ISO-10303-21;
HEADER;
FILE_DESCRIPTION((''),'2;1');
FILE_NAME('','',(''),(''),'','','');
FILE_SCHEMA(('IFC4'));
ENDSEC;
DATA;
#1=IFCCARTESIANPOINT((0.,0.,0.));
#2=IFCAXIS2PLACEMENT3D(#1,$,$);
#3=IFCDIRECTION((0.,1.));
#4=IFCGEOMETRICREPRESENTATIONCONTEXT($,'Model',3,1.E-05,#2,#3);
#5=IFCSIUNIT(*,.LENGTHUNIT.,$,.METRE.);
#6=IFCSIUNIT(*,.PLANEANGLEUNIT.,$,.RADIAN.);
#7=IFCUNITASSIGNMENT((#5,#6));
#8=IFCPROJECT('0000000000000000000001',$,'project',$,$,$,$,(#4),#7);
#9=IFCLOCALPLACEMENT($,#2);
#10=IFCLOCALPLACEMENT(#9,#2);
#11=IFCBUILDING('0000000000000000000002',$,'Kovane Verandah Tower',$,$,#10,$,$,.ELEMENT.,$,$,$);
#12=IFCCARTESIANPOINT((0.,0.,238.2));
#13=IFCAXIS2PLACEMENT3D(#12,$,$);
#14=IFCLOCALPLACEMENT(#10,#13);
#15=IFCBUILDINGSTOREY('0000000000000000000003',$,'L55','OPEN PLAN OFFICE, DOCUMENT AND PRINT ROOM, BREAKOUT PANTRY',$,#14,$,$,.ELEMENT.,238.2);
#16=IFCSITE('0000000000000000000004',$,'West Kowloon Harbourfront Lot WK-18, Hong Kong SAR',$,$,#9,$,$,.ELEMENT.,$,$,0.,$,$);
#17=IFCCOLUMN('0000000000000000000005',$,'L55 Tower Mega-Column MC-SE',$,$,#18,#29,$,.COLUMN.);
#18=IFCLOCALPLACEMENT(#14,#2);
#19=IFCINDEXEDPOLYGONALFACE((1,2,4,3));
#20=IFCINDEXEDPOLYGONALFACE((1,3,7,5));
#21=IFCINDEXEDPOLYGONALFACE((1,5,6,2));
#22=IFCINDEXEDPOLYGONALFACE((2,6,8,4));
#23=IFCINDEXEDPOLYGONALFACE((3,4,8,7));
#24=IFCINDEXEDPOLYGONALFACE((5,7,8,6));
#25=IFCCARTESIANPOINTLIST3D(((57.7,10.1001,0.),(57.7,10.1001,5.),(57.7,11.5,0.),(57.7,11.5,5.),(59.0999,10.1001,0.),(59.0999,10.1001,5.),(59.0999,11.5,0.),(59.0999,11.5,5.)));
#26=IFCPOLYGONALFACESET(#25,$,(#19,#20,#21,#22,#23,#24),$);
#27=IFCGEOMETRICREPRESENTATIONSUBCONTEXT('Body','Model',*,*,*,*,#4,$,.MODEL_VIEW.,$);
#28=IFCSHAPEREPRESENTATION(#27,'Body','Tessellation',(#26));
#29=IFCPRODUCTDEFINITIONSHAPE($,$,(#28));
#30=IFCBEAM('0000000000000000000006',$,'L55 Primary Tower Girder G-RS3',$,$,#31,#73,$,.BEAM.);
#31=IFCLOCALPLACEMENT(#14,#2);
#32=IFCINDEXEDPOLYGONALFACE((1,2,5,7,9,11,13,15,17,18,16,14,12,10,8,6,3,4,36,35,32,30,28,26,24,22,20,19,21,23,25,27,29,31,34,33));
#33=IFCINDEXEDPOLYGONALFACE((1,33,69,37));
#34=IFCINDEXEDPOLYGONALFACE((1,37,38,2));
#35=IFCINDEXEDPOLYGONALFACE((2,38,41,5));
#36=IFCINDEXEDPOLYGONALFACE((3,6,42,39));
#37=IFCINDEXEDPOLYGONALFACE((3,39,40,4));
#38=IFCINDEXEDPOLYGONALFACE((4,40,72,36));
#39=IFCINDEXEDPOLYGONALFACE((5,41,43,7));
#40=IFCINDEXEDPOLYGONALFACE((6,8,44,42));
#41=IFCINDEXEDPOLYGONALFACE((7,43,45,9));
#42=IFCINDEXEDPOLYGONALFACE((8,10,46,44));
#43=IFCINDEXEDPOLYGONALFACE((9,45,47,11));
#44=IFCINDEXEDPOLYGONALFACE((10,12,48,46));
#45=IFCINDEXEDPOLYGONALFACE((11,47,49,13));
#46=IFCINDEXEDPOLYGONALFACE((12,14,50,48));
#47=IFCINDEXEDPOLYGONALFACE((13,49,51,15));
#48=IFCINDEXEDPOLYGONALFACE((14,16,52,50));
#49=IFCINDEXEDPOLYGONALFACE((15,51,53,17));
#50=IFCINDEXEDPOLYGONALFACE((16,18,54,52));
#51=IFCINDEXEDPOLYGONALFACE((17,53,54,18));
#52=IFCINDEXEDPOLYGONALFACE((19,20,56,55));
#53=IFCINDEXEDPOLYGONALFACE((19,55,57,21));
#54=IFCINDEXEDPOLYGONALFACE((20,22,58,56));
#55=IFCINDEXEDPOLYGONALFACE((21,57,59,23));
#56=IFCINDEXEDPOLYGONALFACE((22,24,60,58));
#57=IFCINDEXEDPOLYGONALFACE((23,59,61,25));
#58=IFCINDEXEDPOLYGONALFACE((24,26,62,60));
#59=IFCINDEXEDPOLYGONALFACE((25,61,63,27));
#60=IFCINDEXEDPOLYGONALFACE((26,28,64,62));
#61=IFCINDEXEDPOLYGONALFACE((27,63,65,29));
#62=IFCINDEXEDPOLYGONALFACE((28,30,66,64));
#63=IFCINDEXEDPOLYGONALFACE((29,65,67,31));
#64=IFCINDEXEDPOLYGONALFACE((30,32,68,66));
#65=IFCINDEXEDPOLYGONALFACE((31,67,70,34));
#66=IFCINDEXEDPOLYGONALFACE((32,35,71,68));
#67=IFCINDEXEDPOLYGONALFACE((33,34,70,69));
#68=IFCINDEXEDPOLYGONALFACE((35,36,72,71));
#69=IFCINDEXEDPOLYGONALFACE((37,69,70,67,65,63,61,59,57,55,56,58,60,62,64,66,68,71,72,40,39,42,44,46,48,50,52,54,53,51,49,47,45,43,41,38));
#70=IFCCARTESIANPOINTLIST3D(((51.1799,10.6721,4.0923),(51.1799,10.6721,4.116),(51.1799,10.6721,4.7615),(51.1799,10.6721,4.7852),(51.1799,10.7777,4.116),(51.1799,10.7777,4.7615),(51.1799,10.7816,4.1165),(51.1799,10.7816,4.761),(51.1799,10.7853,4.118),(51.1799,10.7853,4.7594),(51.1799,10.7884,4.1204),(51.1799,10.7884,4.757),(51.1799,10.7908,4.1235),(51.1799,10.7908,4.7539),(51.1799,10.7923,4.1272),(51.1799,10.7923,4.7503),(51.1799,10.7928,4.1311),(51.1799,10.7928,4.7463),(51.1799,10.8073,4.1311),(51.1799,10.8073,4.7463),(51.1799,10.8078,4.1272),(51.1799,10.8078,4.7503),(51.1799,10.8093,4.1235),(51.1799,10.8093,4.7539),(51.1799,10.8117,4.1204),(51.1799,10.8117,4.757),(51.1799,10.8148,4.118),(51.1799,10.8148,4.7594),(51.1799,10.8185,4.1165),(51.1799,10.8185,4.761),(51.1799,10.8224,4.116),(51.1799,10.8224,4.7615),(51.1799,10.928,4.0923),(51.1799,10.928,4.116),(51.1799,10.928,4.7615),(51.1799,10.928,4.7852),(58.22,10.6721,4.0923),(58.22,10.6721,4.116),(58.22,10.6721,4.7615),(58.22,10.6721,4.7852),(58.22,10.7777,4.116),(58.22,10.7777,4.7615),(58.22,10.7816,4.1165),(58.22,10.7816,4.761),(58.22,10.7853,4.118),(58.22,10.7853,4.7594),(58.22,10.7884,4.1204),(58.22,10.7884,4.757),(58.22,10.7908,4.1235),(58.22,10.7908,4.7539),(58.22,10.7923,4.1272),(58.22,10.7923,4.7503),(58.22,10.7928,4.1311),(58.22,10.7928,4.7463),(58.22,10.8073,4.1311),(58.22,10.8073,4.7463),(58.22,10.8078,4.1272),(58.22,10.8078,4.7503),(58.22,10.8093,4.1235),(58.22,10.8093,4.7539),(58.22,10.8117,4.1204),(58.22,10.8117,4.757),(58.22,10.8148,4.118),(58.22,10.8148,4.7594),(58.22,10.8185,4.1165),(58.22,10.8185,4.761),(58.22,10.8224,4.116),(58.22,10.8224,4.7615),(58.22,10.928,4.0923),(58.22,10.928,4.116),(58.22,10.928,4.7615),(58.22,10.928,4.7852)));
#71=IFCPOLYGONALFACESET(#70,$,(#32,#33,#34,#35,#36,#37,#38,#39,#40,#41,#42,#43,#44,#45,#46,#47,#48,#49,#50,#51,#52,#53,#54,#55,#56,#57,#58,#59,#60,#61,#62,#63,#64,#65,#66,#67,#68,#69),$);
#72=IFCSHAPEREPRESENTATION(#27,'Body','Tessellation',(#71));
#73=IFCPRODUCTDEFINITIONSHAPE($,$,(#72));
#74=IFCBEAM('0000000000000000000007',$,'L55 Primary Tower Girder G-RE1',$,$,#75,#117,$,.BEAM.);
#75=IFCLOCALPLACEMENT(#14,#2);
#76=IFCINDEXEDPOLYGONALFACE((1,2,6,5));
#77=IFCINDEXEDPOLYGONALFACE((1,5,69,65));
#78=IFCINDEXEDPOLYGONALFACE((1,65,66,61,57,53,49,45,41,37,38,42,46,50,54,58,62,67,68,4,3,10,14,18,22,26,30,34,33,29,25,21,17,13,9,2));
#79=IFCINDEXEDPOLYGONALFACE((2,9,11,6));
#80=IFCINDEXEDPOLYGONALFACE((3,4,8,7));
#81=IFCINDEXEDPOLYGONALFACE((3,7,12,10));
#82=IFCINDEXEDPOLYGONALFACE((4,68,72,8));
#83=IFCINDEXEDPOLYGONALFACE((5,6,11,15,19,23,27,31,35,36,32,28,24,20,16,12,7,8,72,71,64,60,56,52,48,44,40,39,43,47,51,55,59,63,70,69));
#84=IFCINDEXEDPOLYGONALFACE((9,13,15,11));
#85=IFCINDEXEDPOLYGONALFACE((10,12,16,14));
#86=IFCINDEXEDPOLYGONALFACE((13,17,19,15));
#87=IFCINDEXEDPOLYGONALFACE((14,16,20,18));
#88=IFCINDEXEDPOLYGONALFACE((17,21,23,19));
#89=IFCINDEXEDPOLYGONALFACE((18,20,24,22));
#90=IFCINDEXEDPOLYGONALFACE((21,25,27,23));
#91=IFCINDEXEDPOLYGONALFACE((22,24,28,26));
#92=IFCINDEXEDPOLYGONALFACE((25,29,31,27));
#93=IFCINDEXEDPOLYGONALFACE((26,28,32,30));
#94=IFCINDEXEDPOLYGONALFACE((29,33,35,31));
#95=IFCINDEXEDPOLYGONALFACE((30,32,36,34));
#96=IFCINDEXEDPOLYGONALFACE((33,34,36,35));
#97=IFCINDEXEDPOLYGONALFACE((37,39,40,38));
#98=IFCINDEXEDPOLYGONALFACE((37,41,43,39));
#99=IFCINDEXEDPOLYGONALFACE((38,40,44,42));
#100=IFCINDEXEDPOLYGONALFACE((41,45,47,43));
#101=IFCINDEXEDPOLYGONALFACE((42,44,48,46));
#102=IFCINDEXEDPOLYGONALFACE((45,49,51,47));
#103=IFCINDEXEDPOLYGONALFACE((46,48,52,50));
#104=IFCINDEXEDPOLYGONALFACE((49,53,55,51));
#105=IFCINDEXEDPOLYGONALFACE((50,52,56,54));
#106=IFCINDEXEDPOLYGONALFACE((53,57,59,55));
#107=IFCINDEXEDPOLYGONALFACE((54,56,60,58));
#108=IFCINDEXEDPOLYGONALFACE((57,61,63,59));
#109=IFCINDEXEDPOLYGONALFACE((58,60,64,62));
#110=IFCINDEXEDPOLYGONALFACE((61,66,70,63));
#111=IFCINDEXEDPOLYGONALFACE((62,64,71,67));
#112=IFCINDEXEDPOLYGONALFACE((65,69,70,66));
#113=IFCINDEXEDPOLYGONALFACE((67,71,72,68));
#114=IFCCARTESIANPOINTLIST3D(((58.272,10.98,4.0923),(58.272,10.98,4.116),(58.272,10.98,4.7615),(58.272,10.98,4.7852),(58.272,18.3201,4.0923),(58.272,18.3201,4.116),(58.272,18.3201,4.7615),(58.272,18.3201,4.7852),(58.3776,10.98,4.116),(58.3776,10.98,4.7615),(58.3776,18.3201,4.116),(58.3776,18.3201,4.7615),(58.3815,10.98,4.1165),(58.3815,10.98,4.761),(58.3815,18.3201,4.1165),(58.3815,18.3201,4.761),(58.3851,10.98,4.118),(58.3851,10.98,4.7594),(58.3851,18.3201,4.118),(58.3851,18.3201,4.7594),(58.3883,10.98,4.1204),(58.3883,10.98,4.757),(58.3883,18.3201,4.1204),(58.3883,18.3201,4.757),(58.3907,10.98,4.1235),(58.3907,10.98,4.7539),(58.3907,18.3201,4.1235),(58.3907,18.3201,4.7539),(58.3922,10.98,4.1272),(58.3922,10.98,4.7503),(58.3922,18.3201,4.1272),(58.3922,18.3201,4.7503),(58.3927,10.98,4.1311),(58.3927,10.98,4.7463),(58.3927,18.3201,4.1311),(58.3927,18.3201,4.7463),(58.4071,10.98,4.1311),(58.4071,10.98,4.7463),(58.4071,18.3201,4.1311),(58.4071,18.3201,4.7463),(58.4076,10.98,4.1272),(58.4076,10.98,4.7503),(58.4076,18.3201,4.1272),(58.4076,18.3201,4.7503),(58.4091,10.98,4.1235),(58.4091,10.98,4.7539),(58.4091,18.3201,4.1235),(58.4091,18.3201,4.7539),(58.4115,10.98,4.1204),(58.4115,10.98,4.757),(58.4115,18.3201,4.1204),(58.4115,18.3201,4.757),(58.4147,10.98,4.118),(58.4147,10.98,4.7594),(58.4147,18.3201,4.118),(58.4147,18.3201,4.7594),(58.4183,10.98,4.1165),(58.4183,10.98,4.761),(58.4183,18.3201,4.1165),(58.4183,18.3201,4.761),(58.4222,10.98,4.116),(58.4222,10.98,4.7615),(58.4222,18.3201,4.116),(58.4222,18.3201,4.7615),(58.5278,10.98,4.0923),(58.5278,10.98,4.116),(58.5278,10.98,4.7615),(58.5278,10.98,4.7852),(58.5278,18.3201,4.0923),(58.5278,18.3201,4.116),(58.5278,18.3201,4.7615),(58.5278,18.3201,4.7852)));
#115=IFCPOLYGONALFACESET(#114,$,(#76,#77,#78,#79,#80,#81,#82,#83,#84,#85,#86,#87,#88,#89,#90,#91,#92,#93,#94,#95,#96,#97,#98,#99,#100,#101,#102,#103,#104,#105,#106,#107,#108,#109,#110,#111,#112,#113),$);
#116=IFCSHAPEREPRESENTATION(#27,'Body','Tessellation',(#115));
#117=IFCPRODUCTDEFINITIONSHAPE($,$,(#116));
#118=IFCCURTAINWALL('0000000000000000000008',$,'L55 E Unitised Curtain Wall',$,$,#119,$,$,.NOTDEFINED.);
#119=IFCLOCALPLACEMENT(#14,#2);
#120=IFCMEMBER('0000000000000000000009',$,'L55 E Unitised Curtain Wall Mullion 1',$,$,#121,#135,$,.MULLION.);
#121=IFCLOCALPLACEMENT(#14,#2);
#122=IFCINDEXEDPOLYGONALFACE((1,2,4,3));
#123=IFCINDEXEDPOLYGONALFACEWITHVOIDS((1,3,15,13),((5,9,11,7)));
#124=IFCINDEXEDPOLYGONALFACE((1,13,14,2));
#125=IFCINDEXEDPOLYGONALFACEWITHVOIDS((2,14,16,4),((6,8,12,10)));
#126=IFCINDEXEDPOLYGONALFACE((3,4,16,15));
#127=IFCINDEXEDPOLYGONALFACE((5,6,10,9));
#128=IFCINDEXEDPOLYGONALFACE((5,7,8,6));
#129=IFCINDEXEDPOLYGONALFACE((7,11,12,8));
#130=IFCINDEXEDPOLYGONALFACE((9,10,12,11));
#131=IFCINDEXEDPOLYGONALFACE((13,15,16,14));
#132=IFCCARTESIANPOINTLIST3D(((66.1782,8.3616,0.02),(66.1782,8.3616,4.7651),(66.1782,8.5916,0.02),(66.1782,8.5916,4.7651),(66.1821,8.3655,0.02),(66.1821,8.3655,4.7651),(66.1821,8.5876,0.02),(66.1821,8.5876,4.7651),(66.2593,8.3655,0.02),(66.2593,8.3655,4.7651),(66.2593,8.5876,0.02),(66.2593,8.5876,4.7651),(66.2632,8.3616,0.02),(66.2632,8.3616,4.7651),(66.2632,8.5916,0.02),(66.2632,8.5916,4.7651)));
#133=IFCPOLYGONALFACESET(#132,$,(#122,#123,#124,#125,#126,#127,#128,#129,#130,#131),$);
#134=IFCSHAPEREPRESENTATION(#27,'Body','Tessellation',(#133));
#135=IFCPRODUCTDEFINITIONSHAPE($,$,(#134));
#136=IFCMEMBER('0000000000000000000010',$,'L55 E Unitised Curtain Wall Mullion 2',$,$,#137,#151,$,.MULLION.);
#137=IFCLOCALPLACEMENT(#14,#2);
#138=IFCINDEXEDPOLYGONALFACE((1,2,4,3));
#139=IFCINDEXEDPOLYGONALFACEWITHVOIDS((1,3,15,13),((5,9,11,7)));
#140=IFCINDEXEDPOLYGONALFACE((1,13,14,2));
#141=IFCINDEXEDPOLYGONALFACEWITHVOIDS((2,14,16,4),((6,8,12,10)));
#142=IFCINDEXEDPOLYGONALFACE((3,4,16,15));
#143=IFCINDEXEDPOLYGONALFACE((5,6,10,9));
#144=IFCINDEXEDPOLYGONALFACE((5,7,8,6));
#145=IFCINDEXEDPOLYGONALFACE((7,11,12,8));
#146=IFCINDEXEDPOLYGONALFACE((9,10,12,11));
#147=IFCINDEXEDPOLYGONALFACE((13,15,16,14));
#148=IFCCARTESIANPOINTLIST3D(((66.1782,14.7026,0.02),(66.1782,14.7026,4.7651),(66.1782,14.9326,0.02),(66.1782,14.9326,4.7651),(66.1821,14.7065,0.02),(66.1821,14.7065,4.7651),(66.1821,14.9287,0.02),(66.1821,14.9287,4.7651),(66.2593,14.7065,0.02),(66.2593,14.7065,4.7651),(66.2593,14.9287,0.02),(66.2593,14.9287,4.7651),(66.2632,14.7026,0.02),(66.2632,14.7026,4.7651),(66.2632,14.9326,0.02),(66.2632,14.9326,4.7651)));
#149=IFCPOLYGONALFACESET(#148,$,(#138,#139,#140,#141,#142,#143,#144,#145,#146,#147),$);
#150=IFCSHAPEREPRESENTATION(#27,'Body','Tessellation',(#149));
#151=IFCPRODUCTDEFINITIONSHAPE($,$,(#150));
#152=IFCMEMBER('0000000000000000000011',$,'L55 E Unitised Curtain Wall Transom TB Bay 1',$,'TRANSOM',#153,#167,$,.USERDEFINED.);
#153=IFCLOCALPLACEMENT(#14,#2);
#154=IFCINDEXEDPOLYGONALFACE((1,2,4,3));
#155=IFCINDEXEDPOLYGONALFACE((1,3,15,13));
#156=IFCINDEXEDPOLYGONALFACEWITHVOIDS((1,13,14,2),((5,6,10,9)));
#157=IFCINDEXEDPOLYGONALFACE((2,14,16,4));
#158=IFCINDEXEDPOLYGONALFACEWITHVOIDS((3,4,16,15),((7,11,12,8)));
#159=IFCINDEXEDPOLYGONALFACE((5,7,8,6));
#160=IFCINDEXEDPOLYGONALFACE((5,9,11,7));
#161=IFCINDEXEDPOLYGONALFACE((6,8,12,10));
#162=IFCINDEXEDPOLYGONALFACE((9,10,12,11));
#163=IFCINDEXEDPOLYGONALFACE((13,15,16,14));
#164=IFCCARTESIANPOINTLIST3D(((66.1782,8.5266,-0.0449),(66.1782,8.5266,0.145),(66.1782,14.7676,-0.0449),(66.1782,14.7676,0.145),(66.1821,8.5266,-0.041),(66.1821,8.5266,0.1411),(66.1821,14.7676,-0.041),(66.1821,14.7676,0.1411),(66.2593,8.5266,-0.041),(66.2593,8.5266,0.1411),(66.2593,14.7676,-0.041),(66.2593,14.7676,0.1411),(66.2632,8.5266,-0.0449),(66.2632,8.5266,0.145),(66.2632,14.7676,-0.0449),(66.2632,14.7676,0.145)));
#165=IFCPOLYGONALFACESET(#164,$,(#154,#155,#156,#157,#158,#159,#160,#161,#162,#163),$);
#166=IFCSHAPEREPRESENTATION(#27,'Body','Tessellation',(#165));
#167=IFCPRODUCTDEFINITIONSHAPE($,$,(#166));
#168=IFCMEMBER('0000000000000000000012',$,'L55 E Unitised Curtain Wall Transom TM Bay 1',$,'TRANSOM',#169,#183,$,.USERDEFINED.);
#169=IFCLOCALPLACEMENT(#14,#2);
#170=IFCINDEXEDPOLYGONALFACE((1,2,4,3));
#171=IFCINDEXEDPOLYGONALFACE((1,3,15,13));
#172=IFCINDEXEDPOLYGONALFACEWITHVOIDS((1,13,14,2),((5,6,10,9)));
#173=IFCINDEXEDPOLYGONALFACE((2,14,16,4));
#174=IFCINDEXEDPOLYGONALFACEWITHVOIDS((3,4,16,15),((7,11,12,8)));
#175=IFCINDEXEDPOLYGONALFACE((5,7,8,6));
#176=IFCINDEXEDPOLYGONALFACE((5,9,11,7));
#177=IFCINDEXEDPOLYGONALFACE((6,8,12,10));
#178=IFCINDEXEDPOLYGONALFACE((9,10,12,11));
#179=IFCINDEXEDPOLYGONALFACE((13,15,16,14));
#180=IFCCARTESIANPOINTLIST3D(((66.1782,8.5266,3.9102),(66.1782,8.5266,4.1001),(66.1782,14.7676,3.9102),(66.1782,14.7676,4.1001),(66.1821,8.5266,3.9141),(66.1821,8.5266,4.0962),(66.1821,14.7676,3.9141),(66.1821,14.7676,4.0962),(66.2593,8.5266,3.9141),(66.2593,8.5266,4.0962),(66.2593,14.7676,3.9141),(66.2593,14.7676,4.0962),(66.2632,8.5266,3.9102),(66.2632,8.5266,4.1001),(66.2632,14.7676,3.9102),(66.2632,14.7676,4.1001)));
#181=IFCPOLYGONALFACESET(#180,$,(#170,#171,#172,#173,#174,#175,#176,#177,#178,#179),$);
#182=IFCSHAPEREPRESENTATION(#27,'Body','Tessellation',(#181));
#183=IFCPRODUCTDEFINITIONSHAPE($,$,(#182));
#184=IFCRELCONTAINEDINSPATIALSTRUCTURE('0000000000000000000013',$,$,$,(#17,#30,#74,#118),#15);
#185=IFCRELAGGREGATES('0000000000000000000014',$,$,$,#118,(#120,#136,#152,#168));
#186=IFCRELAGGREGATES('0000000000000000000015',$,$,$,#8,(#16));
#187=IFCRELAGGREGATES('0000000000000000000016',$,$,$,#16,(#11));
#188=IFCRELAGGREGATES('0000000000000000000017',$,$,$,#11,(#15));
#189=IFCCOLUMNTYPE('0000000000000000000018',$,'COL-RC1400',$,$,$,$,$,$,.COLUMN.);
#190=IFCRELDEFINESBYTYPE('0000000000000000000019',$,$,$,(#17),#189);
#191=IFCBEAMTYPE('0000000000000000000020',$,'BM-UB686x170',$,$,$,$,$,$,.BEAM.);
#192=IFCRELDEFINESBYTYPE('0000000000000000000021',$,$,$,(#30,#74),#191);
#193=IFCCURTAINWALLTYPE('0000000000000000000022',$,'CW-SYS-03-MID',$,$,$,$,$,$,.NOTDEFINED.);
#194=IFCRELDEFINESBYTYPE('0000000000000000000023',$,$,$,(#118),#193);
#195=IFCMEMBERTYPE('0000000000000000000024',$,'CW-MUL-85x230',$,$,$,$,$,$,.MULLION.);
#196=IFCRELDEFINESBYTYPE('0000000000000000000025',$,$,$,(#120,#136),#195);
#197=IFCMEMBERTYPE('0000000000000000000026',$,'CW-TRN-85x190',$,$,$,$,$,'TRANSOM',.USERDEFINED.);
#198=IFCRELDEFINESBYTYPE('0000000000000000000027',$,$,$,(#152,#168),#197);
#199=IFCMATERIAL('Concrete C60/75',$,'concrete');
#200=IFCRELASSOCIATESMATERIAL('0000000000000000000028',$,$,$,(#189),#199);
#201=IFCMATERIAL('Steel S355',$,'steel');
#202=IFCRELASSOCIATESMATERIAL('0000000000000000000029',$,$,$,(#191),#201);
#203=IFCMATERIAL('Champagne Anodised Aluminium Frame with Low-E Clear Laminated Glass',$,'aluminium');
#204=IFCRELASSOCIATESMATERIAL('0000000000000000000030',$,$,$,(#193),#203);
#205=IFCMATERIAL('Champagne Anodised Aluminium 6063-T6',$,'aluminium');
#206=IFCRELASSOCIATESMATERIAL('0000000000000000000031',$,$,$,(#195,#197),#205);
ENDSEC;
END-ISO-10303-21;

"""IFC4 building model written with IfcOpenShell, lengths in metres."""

from ifc_helpers import new_model, si_unit, direction, frame, origin, origin_2d, place, context, subcontext, project, spatial, rectangle, hollow_rectangle, i_section, extrude, material, material_profile, profile_set, type_object, element, aggregate, save


model = new_model("IFC4")

# Units and contexts
model_context = context("Model", 3, precision=1e-05, world=origin(), true_north=direction((0.0, 1.0)))
body_context = subcontext(model_context, "Body", "Model", "MODEL_VIEW")
ifc_project = project(units=[si_unit("LENGTHUNIT", "METRE"), si_unit("PLANEANGLEUNIT", "RADIAN")], contexts=[model_context])

# Site, building, storey
site_placement = place(None, origin())
site = spatial("IfcSite", under=ifc_project, at=site_placement, Name="West Kowloon Harbourfront Lot WK-18, Hong Kong SAR", CompositionType="ELEMENT", RefElevation=0.0)
building_placement = place(site_placement, origin())
building = spatial("IfcBuilding", under=site, at=building_placement, Name="Kovane Verandah Tower", CompositionType="ELEMENT")
storey_placement = place(building_placement, frame((0.0, 0.0, 238.2)))
storey = spatial("IfcBuildingStorey", under=building, at=storey_placement, Name="L55", Description="OPEN PLAN OFFICE, DOCUMENT AND PRINT ROOM, BREAKOUT PANTRY", CompositionType="ELEMENT", Elevation=238.2)

# Column
ifc_material_1 = material(Name="Concrete C60/75", Category="concrete")
ifc_material_profile_1 = material_profile(ifc_material_1, rectangle(XDim=1.3999, YDim=1.3999, at=origin_2d()), Name="RC1400x1400")
ifc_profile_set_1 = profile_set([ifc_material_profile_1], Name="Concrete C60/75")
column_type = type_object("IfcColumnType", Name="COL-RC1400", PredefinedType="COLUMN", material=ifc_profile_set_1)
column_placement = place(storey_placement, frame((58.3999, 10.8, 0.0), z_axis=(0.0, 0.0, 1.0), x_axis=(1.0, 0.0, 0.0)))
element("IfcColumn", 1, at=column_placement, inside=storey, type_object=column_type, Name="L55 Tower Mega-Column MC-SE", PredefinedType="COLUMN", context=body_context, shape_type="SweptSolid", body=[
    extrude(rectangle(XDim=1.3999, YDim=1.3999, at=origin_2d()), origin(), (0.0, 0.0, 1.0), 5.0),
])

# Beams
ifc_material_2 = material(Name="Steel S355", Category="steel")
ifc_material_profile_2 = material_profile(ifc_material_2, i_section(OverallWidth=0.2559, OverallDepth=0.6929, WebThickness=0.0144, FlangeThickness=0.0237, FilletRadius=0.0151, at=origin_2d()), Name="UB686x254x170")
ifc_profile_set_2 = profile_set([ifc_material_profile_2], Name="Steel S355")
beam_type_1 = type_object("IfcBeamType", Name="BM-UB686x170", PredefinedType="BEAM", material=ifc_profile_set_2)
beam_1_placement = place(storey_placement, frame((51.1799, 10.8, 4.4387), z_axis=(1.0, 0.0, 0.0), x_axis=(0.0, 1.0, 0.0)))
element("IfcBeam", 2, at=beam_1_placement, inside=storey, type_object=beam_type_1, Name="L55 Primary Tower Girder G-RS3", PredefinedType="BEAM", context=body_context, shape_type="SweptSolid", body=[
    extrude(i_section(OverallWidth=0.2559, OverallDepth=0.6929, WebThickness=0.0144, FlangeThickness=0.0237, FilletRadius=0.0151, at=origin_2d()), origin(), (0.0, 0.0, 1.0), 7.04),
])
beam_2_placement = place(storey_placement, frame((58.3999, 10.98, 4.4387), z_axis=(0.0, 1.0, 0.0), x_axis=(-1.0, 0.0, 0.0)))
element("IfcBeam", 3, at=beam_2_placement, inside=storey, type_object=beam_type_1, Name="L55 Primary Tower Girder G-RE1", PredefinedType="BEAM", context=body_context, shape_type="SweptSolid", body=[
    extrude(i_section(OverallWidth=0.2559, OverallDepth=0.6929, WebThickness=0.0144, FlangeThickness=0.0237, FilletRadius=0.0151, at=origin_2d()), origin(), (0.0, 0.0, 1.0), 7.3401),
])

# Curtain wall, members
ifc_material_3 = material(Name="Champagne Anodised Aluminium Frame with Low-E Clear Laminated Glass", Category="aluminium")
curtain_wall_type = type_object("IfcCurtainWallType", Name="CW-SYS-03-MID", PredefinedType="NOTDEFINED", material=ifc_material_3)
curtain_wall_placement = place(storey_placement, origin())
curtain_wall = element("IfcCurtainWall", 4, at=curtain_wall_placement, inside=storey, type_object=curtain_wall_type, Name="L55 E Unitised Curtain Wall", PredefinedType="NOTDEFINED")
ifc_material_4 = material(Name="Champagne Anodised Aluminium 6063-T6", Category="aluminium")
ifc_material_profile_3 = material_profile(ifc_material_4, hollow_rectangle(XDim=0.085, YDim=0.23, WallThickness=0.0039, at=origin_2d()), Name="AL85x230x4")
ifc_profile_set_3 = profile_set([ifc_material_profile_3], Name="Champagne Anodised Aluminium 6063-T6")
member_type_1 = type_object("IfcMemberType", Name="CW-MUL-85x230", PredefinedType="MULLION", material=ifc_profile_set_3)
member_1_placement = place(storey_placement, frame((66.2207, 8.4766, 0.02), z_axis=(0.0, 0.0, 1.0), x_axis=(1.0, 0.0, 0.0)))
member_1 = element("IfcMember", 5, at=member_1_placement, type_object=member_type_1, Name="L55 E Unitised Curtain Wall Mullion 1", PredefinedType="MULLION", context=body_context, shape_type="SweptSolid", body=[
    extrude(hollow_rectangle(XDim=0.085, YDim=0.23, WallThickness=0.0039, at=origin_2d()), origin(), (0.0, 0.0, 1.0), 4.7451),
])
member_2_placement = place(storey_placement, frame((66.2207, 14.8176, 0.02), z_axis=(0.0, 0.0, 1.0), x_axis=(1.0, 0.0, 0.0)))
member_2 = element("IfcMember", 6, at=member_2_placement, type_object=member_type_1, Name="L55 E Unitised Curtain Wall Mullion 2", PredefinedType="MULLION", context=body_context, shape_type="SweptSolid", body=[
    extrude(hollow_rectangle(XDim=0.085, YDim=0.23, WallThickness=0.0039, at=origin_2d()), origin(), (0.0, 0.0, 1.0), 4.7451),
])
ifc_material_profile_4 = material_profile(ifc_material_4, hollow_rectangle(XDim=0.085, YDim=0.1899, WallThickness=0.0039, at=origin_2d()), Name="AL85x190x4")
ifc_profile_set_4 = profile_set([ifc_material_profile_4], Name="Champagne Anodised Aluminium 6063-T6")
member_type_2 = type_object("IfcMemberType", Name="CW-TRN-85x190", ElementType="TRANSOM", PredefinedType="USERDEFINED", material=ifc_profile_set_4)
member_3_placement = place(storey_placement, frame((66.2207, 8.5266, 0.05), z_axis=(0.0, 1.0, 0.0), x_axis=(-1.0, 0.0, 0.0)))
member_3 = element("IfcMember", 7, at=member_3_placement, type_object=member_type_2, Name="L55 E Unitised Curtain Wall Transom TB Bay 1", ObjectType="TRANSOM", PredefinedType="USERDEFINED", context=body_context, shape_type="SweptSolid", body=[
    extrude(hollow_rectangle(XDim=0.085, YDim=0.1899, WallThickness=0.0039, at=origin_2d()), origin(), (0.0, 0.0, 1.0), 6.241),
])
member_4_placement = place(storey_placement, frame((66.2207, 8.5266, 4.0051), z_axis=(0.0, 1.0, 0.0), x_axis=(-1.0, 0.0, 0.0)))
member_4 = element("IfcMember", 8, at=member_4_placement, type_object=member_type_2, Name="L55 E Unitised Curtain Wall Transom TM Bay 1", ObjectType="TRANSOM", PredefinedType="USERDEFINED", context=body_context, shape_type="SweptSolid", body=[
    extrude(hollow_rectangle(XDim=0.085, YDim=0.1899, WallThickness=0.0039, at=origin_2d()), origin(), (0.0, 0.0, 1.0), 6.241),
])

aggregate(curtain_wall, [member_1, member_2, member_3, member_4])

save(model, "model.ifc")
